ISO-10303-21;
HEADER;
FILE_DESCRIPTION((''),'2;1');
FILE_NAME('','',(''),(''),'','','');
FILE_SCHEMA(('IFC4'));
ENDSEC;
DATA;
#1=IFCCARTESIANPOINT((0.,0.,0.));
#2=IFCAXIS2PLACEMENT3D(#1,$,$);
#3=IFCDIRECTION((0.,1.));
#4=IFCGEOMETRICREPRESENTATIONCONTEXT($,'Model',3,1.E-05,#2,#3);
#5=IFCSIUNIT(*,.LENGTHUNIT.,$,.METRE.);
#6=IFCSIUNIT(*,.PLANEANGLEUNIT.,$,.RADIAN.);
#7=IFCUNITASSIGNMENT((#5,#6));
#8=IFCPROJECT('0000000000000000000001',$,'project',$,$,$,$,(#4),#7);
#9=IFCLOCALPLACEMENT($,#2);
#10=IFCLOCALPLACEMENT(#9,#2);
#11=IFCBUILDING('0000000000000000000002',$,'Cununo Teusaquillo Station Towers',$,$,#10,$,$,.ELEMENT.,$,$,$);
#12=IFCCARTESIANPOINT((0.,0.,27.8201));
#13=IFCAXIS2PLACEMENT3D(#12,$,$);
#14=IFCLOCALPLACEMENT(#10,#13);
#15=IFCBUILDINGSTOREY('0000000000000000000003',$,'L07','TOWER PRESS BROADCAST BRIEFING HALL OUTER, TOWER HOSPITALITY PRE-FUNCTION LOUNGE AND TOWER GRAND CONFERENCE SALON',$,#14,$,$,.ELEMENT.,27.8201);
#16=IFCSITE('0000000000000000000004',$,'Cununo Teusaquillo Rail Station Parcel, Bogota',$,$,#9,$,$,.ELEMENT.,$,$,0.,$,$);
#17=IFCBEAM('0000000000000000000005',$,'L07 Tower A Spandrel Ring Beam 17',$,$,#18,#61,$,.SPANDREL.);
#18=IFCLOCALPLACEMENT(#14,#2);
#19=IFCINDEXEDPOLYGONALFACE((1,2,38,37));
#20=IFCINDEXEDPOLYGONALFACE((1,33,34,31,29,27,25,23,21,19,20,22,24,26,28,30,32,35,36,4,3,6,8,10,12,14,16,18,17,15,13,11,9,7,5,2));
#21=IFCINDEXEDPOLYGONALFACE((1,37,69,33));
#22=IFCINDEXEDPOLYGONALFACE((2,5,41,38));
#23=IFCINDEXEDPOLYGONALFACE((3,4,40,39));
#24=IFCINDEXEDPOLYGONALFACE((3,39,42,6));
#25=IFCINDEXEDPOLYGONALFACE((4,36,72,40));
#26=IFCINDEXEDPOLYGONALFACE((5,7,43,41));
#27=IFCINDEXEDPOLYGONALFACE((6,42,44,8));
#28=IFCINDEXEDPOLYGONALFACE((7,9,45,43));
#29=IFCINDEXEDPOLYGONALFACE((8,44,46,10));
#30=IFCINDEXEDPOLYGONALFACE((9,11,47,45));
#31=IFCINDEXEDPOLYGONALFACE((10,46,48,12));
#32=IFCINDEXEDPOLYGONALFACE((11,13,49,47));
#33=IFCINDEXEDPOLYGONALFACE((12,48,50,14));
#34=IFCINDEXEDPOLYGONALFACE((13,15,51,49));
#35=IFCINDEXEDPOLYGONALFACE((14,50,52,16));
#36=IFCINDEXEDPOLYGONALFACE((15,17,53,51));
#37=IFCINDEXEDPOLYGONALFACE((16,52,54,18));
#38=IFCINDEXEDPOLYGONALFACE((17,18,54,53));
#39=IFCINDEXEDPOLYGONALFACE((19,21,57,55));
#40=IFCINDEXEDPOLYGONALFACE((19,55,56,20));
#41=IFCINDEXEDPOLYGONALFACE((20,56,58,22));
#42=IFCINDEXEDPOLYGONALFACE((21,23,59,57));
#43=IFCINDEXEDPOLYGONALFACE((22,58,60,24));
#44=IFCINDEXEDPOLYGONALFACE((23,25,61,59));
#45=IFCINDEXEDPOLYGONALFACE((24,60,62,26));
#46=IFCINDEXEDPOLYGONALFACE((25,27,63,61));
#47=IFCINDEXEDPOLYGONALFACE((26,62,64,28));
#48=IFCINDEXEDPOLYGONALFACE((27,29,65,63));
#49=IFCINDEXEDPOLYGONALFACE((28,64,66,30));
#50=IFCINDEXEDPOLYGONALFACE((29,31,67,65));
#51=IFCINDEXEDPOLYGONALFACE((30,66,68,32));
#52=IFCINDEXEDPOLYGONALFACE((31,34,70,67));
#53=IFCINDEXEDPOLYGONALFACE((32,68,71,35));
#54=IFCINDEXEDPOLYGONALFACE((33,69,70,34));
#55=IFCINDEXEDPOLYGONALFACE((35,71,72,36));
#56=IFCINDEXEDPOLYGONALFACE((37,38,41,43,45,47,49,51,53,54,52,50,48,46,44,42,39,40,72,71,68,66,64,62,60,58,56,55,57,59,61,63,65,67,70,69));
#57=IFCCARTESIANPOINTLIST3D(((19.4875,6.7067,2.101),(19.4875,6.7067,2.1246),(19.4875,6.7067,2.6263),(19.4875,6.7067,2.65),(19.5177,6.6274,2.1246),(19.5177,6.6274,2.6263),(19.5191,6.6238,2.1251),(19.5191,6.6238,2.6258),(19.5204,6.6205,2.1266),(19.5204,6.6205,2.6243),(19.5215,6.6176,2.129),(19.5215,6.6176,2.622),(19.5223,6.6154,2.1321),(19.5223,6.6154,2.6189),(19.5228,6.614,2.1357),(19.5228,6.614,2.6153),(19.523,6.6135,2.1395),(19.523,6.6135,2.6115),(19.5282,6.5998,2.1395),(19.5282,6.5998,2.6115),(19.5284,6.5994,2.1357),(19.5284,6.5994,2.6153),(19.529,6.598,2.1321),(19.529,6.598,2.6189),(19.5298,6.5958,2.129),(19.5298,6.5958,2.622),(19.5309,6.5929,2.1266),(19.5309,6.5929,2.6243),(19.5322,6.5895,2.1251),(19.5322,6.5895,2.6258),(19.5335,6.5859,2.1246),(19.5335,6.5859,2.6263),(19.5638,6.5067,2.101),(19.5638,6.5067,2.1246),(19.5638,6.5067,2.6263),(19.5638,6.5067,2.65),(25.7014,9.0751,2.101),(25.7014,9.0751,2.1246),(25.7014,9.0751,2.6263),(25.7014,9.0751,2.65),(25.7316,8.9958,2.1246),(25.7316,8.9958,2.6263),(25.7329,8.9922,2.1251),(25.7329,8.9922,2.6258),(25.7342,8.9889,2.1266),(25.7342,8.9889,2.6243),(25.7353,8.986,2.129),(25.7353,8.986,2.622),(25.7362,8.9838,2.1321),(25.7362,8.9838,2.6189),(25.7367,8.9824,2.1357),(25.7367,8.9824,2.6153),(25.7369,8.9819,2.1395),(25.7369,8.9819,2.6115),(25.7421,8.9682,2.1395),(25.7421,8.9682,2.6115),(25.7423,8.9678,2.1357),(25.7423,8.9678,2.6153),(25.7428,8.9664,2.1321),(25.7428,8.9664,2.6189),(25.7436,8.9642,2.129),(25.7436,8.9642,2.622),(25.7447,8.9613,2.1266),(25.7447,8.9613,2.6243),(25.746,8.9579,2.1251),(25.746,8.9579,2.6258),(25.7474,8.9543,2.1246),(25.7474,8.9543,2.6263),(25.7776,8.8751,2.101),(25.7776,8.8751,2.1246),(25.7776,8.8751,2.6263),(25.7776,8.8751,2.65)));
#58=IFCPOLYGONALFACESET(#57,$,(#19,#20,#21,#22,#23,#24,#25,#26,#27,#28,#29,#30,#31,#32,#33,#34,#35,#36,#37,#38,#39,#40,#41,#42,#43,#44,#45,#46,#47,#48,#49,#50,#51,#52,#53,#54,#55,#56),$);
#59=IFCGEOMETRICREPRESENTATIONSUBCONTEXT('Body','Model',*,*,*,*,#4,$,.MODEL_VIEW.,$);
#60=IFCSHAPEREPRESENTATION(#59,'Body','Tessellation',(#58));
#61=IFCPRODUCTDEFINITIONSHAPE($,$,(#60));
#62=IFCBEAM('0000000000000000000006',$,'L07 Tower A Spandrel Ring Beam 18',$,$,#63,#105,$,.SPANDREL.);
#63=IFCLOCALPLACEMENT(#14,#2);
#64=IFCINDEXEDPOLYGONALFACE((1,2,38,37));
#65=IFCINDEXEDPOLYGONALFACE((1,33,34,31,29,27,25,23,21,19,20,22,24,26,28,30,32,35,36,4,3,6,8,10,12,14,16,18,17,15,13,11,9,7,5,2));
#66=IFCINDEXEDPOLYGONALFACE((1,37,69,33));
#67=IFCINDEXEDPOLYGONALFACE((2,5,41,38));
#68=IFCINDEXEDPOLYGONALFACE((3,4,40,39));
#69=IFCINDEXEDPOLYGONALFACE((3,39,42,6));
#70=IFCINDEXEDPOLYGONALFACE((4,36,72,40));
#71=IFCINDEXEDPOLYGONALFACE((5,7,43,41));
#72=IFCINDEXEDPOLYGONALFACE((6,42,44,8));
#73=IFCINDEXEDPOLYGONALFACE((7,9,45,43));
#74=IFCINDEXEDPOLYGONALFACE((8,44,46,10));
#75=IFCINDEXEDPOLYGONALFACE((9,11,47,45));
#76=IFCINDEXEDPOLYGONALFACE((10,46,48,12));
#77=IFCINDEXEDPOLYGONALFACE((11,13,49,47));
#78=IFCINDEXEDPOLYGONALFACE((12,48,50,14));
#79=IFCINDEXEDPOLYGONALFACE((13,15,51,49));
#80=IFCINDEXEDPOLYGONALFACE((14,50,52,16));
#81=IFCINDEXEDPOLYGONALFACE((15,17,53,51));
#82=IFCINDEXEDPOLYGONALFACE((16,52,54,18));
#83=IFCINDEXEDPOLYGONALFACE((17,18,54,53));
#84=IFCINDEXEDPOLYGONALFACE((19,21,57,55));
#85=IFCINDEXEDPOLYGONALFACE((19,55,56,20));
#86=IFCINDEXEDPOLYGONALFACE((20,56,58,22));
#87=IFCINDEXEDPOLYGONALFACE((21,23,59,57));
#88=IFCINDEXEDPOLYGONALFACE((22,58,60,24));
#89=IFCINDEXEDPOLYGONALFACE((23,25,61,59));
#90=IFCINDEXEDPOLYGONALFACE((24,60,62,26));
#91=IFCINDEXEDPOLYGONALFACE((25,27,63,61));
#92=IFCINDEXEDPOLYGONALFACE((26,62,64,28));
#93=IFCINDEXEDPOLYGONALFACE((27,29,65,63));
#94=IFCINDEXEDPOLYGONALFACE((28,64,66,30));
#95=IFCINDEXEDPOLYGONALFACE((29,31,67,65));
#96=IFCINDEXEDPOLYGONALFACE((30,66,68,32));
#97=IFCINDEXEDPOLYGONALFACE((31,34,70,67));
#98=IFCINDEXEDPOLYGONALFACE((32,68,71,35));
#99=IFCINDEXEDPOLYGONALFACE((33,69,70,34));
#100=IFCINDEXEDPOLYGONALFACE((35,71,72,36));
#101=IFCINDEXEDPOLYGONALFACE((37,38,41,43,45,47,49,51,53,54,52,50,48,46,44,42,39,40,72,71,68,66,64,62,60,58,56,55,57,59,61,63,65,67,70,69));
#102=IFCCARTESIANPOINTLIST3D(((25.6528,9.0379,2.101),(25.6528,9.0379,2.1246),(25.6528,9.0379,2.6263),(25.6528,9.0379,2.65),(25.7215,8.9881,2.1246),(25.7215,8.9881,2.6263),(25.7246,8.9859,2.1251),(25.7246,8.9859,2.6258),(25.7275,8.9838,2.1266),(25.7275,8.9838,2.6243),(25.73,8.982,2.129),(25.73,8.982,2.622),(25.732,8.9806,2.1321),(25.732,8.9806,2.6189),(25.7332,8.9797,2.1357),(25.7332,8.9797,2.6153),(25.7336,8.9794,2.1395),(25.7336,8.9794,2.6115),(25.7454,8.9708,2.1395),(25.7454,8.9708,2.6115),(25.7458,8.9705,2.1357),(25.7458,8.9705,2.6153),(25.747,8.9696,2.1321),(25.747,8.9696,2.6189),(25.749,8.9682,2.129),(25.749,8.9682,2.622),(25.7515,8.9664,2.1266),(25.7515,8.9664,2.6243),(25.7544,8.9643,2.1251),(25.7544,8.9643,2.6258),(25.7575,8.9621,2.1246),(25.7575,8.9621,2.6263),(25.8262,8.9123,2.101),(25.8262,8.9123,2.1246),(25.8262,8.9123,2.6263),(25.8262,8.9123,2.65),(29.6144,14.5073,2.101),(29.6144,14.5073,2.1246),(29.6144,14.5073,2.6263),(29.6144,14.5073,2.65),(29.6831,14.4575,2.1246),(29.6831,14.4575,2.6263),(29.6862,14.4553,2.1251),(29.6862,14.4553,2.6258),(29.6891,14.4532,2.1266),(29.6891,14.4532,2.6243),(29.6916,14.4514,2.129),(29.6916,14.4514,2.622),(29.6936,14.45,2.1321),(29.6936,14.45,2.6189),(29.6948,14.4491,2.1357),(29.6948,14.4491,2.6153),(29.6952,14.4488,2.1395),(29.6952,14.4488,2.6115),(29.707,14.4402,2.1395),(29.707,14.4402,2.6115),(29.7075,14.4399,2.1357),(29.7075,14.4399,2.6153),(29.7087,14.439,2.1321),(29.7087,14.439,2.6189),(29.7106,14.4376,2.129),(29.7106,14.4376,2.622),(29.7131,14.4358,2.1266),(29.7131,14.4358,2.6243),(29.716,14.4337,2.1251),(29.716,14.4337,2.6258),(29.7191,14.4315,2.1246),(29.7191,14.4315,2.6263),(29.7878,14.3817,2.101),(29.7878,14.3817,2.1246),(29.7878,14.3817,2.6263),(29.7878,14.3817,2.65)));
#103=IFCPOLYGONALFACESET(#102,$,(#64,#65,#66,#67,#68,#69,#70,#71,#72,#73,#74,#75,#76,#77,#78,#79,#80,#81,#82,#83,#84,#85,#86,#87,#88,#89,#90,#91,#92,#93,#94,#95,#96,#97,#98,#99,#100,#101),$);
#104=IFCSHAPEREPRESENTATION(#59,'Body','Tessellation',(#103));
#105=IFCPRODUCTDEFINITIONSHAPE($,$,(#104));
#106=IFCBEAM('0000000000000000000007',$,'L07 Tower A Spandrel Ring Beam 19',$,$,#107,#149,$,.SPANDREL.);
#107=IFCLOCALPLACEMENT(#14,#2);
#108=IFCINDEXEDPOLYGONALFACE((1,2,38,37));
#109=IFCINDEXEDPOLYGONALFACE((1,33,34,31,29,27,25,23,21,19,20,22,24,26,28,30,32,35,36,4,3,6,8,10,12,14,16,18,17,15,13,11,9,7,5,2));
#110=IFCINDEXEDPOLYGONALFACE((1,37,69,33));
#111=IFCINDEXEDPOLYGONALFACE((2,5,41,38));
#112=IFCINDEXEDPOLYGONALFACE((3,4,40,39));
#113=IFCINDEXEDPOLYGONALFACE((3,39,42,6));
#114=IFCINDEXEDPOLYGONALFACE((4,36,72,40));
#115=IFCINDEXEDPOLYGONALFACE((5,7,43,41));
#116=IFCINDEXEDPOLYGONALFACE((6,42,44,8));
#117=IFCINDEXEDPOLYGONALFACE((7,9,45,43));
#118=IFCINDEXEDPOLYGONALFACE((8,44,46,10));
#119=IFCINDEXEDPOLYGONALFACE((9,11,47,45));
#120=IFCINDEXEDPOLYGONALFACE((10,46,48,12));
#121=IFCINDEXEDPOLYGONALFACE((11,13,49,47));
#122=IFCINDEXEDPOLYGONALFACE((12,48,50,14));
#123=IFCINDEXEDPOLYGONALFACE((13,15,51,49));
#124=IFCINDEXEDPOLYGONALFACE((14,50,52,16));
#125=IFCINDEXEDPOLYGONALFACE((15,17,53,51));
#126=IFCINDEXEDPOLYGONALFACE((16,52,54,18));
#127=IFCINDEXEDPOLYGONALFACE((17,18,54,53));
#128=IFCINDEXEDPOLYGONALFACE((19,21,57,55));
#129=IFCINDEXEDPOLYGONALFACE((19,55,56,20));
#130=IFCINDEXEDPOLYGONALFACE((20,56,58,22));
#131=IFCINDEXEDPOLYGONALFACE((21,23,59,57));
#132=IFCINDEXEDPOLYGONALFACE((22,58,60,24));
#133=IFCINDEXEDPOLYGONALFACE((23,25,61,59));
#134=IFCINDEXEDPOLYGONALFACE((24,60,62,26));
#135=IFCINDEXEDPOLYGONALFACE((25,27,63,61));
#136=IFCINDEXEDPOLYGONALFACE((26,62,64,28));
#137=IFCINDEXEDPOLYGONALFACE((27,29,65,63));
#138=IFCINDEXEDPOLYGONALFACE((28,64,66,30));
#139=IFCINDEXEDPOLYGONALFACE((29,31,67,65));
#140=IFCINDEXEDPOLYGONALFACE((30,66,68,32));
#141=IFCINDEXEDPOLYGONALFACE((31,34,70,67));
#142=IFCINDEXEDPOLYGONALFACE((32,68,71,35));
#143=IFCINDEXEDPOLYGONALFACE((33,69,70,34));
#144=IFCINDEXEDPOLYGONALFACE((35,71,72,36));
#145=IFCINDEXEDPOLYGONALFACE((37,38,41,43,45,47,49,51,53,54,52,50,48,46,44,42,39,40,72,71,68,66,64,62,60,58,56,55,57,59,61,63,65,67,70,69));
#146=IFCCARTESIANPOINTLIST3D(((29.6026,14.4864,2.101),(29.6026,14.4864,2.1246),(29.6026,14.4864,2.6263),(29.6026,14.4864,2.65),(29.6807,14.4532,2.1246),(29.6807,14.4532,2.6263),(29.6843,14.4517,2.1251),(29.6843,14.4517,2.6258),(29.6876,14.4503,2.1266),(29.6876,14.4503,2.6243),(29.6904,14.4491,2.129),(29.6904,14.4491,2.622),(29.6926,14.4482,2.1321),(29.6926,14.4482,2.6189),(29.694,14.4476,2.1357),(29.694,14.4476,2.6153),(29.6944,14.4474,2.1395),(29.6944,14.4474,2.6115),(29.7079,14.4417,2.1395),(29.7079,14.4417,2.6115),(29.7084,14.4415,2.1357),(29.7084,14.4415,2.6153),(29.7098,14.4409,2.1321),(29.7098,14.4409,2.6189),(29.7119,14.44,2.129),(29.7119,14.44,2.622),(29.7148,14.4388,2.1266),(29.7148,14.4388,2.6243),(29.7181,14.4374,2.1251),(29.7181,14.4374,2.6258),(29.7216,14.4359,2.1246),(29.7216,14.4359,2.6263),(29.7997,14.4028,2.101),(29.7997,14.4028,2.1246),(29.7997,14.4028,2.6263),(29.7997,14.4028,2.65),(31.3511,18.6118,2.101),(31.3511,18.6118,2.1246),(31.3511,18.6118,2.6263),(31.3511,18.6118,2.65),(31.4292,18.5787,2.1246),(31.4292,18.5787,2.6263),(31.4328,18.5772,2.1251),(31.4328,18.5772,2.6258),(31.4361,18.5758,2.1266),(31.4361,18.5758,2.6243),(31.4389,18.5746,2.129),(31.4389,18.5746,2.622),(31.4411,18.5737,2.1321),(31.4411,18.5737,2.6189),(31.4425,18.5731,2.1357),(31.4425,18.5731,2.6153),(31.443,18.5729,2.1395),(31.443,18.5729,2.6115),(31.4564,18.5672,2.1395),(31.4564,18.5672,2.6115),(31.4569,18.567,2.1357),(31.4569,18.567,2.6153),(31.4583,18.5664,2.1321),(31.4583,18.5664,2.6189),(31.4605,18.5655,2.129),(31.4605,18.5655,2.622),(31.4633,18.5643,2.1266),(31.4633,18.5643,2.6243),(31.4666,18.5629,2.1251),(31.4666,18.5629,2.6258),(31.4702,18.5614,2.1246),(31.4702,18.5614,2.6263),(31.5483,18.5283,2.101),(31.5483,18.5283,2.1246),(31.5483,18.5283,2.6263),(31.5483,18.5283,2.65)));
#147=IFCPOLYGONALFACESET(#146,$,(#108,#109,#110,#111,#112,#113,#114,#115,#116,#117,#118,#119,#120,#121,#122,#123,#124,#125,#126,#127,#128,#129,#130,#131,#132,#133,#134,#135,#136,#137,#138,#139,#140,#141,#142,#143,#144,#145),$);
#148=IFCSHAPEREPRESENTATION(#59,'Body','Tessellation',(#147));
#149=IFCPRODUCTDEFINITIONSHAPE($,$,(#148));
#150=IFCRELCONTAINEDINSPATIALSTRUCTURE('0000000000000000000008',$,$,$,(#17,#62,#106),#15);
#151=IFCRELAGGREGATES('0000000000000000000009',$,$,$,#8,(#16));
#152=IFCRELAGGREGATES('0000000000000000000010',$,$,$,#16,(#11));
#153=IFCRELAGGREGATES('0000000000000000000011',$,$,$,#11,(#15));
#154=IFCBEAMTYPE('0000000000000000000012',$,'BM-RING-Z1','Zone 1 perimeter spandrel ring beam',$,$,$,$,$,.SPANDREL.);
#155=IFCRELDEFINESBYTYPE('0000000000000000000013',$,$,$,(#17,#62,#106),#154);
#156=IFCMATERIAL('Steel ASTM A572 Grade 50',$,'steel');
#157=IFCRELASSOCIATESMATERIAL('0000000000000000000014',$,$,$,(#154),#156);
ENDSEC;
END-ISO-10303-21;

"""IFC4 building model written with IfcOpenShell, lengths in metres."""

from ifc_helpers import new_model, si_unit, direction, frame, origin, origin_2d, place, context, subcontext, project, spatial, i_section, extrude, material, material_profile, profile_set, type_object, element, save


model = new_model("IFC4")

# Units and contexts
model_context = context("Model", 3, precision=1e-05, world=origin(), true_north=direction((0.0, 1.0)))
body_context = subcontext(model_context, "Body", "Model", "MODEL_VIEW")
ifc_project = project(units=[si_unit("LENGTHUNIT", "METRE"), si_unit("PLANEANGLEUNIT", "RADIAN")], contexts=[model_context])

# Site, building, storey
site_placement = place(None, origin())
site = spatial("IfcSite", under=ifc_project, at=site_placement, Name="Cununo Teusaquillo Rail Station Parcel, Bogota", CompositionType="ELEMENT", RefElevation=0.0)
building_placement = place(site_placement, origin())
building = spatial("IfcBuilding", under=site, at=building_placement, Name="Cununo Teusaquillo Station Towers", CompositionType="ELEMENT")
storey_placement = place(building_placement, frame((0.0, 0.0, 27.8201)))
storey = spatial("IfcBuildingStorey", under=building, at=storey_placement, Name="L07", Description="TOWER PRESS BROADCAST BRIEFING HALL OUTER, TOWER HOSPITALITY PRE-FUNCTION LOUNGE AND TOWER GRAND CONFERENCE SALON", CompositionType="ELEMENT", Elevation=27.8201)

# Beams
ifc_material_1 = material(Name="Steel ASTM A572 Grade 50", Category="steel")
ifc_material_profile_1 = material_profile(ifc_material_1, i_section(OverallWidth=0.2141, OverallDepth=0.5491, WebThickness=0.0146, FlangeThickness=0.0237, FilletRadius=0.0149, at=origin_2d()), Name="W21X93")
ifc_profile_set_1 = profile_set([ifc_material_profile_1], Name="Steel ASTM A572 Grade 50")
beam_type_1 = type_object("IfcBeamType", Name="BM-RING-Z1", Description="Zone 1 perimeter spandrel ring beam", PredefinedType="SPANDREL", material=ifc_profile_set_1)
beam_1_placement = place(storey_placement, frame((19.5256, 6.6067, 2.3755), z_axis=(0.934427, 0.356156, 0.0), x_axis=(-0.356156, 0.934427, 0.0)))
element("IfcBeam", 1, at=beam_1_placement, inside=storey, type_object=beam_type_1, Name="L07 Tower A Spandrel Ring Beam 17", PredefinedType="SPANDREL", context=body_context, shape_type="SweptSolid", body=[
    extrude(i_section(OverallWidth=0.2141, OverallDepth=0.5491, WebThickness=0.0146, FlangeThickness=0.0237, FilletRadius=0.0149, at=origin_2d()), origin(), (0.0, 0.0, 1.0), 6.6499),
])
beam_2_placement = place(storey_placement, frame((25.7395, 8.9751, 2.3755), z_axis=(0.586608, 0.809871, 0.0), x_axis=(-0.809871, 0.586608, 0.0)))
element("IfcBeam", 2, at=beam_2_placement, inside=storey, type_object=beam_type_1, Name="L07 Tower A Spandrel Ring Beam 18", PredefinedType="SPANDREL", context=body_context, shape_type="SweptSolid", body=[
    extrude(i_section(OverallWidth=0.2141, OverallDepth=0.5491, WebThickness=0.0146, FlangeThickness=0.0237, FilletRadius=0.0149, at=origin_2d()), origin(), (0.0, 0.0, 1.0), 6.7534),
])
beam_3_placement = place(storey_placement, frame((29.7012, 14.4446, 2.3755), z_axis=(0.390234, 0.920716, 0.0), x_axis=(-0.920716, 0.390234, 0.0)))
element("IfcBeam", 3, at=beam_3_placement, inside=storey, type_object=beam_type_1, Name="L07 Tower A Spandrel Ring Beam 19", PredefinedType="SPANDREL", context=body_context, shape_type="SweptSolid", body=[
    extrude(i_section(OverallWidth=0.2141, OverallDepth=0.5491, WebThickness=0.0146, FlangeThickness=0.0237, FilletRadius=0.0149, at=origin_2d()), origin(), (0.0, 0.0, 1.0), 4.4807),
])

save(model, "model.ifc")
